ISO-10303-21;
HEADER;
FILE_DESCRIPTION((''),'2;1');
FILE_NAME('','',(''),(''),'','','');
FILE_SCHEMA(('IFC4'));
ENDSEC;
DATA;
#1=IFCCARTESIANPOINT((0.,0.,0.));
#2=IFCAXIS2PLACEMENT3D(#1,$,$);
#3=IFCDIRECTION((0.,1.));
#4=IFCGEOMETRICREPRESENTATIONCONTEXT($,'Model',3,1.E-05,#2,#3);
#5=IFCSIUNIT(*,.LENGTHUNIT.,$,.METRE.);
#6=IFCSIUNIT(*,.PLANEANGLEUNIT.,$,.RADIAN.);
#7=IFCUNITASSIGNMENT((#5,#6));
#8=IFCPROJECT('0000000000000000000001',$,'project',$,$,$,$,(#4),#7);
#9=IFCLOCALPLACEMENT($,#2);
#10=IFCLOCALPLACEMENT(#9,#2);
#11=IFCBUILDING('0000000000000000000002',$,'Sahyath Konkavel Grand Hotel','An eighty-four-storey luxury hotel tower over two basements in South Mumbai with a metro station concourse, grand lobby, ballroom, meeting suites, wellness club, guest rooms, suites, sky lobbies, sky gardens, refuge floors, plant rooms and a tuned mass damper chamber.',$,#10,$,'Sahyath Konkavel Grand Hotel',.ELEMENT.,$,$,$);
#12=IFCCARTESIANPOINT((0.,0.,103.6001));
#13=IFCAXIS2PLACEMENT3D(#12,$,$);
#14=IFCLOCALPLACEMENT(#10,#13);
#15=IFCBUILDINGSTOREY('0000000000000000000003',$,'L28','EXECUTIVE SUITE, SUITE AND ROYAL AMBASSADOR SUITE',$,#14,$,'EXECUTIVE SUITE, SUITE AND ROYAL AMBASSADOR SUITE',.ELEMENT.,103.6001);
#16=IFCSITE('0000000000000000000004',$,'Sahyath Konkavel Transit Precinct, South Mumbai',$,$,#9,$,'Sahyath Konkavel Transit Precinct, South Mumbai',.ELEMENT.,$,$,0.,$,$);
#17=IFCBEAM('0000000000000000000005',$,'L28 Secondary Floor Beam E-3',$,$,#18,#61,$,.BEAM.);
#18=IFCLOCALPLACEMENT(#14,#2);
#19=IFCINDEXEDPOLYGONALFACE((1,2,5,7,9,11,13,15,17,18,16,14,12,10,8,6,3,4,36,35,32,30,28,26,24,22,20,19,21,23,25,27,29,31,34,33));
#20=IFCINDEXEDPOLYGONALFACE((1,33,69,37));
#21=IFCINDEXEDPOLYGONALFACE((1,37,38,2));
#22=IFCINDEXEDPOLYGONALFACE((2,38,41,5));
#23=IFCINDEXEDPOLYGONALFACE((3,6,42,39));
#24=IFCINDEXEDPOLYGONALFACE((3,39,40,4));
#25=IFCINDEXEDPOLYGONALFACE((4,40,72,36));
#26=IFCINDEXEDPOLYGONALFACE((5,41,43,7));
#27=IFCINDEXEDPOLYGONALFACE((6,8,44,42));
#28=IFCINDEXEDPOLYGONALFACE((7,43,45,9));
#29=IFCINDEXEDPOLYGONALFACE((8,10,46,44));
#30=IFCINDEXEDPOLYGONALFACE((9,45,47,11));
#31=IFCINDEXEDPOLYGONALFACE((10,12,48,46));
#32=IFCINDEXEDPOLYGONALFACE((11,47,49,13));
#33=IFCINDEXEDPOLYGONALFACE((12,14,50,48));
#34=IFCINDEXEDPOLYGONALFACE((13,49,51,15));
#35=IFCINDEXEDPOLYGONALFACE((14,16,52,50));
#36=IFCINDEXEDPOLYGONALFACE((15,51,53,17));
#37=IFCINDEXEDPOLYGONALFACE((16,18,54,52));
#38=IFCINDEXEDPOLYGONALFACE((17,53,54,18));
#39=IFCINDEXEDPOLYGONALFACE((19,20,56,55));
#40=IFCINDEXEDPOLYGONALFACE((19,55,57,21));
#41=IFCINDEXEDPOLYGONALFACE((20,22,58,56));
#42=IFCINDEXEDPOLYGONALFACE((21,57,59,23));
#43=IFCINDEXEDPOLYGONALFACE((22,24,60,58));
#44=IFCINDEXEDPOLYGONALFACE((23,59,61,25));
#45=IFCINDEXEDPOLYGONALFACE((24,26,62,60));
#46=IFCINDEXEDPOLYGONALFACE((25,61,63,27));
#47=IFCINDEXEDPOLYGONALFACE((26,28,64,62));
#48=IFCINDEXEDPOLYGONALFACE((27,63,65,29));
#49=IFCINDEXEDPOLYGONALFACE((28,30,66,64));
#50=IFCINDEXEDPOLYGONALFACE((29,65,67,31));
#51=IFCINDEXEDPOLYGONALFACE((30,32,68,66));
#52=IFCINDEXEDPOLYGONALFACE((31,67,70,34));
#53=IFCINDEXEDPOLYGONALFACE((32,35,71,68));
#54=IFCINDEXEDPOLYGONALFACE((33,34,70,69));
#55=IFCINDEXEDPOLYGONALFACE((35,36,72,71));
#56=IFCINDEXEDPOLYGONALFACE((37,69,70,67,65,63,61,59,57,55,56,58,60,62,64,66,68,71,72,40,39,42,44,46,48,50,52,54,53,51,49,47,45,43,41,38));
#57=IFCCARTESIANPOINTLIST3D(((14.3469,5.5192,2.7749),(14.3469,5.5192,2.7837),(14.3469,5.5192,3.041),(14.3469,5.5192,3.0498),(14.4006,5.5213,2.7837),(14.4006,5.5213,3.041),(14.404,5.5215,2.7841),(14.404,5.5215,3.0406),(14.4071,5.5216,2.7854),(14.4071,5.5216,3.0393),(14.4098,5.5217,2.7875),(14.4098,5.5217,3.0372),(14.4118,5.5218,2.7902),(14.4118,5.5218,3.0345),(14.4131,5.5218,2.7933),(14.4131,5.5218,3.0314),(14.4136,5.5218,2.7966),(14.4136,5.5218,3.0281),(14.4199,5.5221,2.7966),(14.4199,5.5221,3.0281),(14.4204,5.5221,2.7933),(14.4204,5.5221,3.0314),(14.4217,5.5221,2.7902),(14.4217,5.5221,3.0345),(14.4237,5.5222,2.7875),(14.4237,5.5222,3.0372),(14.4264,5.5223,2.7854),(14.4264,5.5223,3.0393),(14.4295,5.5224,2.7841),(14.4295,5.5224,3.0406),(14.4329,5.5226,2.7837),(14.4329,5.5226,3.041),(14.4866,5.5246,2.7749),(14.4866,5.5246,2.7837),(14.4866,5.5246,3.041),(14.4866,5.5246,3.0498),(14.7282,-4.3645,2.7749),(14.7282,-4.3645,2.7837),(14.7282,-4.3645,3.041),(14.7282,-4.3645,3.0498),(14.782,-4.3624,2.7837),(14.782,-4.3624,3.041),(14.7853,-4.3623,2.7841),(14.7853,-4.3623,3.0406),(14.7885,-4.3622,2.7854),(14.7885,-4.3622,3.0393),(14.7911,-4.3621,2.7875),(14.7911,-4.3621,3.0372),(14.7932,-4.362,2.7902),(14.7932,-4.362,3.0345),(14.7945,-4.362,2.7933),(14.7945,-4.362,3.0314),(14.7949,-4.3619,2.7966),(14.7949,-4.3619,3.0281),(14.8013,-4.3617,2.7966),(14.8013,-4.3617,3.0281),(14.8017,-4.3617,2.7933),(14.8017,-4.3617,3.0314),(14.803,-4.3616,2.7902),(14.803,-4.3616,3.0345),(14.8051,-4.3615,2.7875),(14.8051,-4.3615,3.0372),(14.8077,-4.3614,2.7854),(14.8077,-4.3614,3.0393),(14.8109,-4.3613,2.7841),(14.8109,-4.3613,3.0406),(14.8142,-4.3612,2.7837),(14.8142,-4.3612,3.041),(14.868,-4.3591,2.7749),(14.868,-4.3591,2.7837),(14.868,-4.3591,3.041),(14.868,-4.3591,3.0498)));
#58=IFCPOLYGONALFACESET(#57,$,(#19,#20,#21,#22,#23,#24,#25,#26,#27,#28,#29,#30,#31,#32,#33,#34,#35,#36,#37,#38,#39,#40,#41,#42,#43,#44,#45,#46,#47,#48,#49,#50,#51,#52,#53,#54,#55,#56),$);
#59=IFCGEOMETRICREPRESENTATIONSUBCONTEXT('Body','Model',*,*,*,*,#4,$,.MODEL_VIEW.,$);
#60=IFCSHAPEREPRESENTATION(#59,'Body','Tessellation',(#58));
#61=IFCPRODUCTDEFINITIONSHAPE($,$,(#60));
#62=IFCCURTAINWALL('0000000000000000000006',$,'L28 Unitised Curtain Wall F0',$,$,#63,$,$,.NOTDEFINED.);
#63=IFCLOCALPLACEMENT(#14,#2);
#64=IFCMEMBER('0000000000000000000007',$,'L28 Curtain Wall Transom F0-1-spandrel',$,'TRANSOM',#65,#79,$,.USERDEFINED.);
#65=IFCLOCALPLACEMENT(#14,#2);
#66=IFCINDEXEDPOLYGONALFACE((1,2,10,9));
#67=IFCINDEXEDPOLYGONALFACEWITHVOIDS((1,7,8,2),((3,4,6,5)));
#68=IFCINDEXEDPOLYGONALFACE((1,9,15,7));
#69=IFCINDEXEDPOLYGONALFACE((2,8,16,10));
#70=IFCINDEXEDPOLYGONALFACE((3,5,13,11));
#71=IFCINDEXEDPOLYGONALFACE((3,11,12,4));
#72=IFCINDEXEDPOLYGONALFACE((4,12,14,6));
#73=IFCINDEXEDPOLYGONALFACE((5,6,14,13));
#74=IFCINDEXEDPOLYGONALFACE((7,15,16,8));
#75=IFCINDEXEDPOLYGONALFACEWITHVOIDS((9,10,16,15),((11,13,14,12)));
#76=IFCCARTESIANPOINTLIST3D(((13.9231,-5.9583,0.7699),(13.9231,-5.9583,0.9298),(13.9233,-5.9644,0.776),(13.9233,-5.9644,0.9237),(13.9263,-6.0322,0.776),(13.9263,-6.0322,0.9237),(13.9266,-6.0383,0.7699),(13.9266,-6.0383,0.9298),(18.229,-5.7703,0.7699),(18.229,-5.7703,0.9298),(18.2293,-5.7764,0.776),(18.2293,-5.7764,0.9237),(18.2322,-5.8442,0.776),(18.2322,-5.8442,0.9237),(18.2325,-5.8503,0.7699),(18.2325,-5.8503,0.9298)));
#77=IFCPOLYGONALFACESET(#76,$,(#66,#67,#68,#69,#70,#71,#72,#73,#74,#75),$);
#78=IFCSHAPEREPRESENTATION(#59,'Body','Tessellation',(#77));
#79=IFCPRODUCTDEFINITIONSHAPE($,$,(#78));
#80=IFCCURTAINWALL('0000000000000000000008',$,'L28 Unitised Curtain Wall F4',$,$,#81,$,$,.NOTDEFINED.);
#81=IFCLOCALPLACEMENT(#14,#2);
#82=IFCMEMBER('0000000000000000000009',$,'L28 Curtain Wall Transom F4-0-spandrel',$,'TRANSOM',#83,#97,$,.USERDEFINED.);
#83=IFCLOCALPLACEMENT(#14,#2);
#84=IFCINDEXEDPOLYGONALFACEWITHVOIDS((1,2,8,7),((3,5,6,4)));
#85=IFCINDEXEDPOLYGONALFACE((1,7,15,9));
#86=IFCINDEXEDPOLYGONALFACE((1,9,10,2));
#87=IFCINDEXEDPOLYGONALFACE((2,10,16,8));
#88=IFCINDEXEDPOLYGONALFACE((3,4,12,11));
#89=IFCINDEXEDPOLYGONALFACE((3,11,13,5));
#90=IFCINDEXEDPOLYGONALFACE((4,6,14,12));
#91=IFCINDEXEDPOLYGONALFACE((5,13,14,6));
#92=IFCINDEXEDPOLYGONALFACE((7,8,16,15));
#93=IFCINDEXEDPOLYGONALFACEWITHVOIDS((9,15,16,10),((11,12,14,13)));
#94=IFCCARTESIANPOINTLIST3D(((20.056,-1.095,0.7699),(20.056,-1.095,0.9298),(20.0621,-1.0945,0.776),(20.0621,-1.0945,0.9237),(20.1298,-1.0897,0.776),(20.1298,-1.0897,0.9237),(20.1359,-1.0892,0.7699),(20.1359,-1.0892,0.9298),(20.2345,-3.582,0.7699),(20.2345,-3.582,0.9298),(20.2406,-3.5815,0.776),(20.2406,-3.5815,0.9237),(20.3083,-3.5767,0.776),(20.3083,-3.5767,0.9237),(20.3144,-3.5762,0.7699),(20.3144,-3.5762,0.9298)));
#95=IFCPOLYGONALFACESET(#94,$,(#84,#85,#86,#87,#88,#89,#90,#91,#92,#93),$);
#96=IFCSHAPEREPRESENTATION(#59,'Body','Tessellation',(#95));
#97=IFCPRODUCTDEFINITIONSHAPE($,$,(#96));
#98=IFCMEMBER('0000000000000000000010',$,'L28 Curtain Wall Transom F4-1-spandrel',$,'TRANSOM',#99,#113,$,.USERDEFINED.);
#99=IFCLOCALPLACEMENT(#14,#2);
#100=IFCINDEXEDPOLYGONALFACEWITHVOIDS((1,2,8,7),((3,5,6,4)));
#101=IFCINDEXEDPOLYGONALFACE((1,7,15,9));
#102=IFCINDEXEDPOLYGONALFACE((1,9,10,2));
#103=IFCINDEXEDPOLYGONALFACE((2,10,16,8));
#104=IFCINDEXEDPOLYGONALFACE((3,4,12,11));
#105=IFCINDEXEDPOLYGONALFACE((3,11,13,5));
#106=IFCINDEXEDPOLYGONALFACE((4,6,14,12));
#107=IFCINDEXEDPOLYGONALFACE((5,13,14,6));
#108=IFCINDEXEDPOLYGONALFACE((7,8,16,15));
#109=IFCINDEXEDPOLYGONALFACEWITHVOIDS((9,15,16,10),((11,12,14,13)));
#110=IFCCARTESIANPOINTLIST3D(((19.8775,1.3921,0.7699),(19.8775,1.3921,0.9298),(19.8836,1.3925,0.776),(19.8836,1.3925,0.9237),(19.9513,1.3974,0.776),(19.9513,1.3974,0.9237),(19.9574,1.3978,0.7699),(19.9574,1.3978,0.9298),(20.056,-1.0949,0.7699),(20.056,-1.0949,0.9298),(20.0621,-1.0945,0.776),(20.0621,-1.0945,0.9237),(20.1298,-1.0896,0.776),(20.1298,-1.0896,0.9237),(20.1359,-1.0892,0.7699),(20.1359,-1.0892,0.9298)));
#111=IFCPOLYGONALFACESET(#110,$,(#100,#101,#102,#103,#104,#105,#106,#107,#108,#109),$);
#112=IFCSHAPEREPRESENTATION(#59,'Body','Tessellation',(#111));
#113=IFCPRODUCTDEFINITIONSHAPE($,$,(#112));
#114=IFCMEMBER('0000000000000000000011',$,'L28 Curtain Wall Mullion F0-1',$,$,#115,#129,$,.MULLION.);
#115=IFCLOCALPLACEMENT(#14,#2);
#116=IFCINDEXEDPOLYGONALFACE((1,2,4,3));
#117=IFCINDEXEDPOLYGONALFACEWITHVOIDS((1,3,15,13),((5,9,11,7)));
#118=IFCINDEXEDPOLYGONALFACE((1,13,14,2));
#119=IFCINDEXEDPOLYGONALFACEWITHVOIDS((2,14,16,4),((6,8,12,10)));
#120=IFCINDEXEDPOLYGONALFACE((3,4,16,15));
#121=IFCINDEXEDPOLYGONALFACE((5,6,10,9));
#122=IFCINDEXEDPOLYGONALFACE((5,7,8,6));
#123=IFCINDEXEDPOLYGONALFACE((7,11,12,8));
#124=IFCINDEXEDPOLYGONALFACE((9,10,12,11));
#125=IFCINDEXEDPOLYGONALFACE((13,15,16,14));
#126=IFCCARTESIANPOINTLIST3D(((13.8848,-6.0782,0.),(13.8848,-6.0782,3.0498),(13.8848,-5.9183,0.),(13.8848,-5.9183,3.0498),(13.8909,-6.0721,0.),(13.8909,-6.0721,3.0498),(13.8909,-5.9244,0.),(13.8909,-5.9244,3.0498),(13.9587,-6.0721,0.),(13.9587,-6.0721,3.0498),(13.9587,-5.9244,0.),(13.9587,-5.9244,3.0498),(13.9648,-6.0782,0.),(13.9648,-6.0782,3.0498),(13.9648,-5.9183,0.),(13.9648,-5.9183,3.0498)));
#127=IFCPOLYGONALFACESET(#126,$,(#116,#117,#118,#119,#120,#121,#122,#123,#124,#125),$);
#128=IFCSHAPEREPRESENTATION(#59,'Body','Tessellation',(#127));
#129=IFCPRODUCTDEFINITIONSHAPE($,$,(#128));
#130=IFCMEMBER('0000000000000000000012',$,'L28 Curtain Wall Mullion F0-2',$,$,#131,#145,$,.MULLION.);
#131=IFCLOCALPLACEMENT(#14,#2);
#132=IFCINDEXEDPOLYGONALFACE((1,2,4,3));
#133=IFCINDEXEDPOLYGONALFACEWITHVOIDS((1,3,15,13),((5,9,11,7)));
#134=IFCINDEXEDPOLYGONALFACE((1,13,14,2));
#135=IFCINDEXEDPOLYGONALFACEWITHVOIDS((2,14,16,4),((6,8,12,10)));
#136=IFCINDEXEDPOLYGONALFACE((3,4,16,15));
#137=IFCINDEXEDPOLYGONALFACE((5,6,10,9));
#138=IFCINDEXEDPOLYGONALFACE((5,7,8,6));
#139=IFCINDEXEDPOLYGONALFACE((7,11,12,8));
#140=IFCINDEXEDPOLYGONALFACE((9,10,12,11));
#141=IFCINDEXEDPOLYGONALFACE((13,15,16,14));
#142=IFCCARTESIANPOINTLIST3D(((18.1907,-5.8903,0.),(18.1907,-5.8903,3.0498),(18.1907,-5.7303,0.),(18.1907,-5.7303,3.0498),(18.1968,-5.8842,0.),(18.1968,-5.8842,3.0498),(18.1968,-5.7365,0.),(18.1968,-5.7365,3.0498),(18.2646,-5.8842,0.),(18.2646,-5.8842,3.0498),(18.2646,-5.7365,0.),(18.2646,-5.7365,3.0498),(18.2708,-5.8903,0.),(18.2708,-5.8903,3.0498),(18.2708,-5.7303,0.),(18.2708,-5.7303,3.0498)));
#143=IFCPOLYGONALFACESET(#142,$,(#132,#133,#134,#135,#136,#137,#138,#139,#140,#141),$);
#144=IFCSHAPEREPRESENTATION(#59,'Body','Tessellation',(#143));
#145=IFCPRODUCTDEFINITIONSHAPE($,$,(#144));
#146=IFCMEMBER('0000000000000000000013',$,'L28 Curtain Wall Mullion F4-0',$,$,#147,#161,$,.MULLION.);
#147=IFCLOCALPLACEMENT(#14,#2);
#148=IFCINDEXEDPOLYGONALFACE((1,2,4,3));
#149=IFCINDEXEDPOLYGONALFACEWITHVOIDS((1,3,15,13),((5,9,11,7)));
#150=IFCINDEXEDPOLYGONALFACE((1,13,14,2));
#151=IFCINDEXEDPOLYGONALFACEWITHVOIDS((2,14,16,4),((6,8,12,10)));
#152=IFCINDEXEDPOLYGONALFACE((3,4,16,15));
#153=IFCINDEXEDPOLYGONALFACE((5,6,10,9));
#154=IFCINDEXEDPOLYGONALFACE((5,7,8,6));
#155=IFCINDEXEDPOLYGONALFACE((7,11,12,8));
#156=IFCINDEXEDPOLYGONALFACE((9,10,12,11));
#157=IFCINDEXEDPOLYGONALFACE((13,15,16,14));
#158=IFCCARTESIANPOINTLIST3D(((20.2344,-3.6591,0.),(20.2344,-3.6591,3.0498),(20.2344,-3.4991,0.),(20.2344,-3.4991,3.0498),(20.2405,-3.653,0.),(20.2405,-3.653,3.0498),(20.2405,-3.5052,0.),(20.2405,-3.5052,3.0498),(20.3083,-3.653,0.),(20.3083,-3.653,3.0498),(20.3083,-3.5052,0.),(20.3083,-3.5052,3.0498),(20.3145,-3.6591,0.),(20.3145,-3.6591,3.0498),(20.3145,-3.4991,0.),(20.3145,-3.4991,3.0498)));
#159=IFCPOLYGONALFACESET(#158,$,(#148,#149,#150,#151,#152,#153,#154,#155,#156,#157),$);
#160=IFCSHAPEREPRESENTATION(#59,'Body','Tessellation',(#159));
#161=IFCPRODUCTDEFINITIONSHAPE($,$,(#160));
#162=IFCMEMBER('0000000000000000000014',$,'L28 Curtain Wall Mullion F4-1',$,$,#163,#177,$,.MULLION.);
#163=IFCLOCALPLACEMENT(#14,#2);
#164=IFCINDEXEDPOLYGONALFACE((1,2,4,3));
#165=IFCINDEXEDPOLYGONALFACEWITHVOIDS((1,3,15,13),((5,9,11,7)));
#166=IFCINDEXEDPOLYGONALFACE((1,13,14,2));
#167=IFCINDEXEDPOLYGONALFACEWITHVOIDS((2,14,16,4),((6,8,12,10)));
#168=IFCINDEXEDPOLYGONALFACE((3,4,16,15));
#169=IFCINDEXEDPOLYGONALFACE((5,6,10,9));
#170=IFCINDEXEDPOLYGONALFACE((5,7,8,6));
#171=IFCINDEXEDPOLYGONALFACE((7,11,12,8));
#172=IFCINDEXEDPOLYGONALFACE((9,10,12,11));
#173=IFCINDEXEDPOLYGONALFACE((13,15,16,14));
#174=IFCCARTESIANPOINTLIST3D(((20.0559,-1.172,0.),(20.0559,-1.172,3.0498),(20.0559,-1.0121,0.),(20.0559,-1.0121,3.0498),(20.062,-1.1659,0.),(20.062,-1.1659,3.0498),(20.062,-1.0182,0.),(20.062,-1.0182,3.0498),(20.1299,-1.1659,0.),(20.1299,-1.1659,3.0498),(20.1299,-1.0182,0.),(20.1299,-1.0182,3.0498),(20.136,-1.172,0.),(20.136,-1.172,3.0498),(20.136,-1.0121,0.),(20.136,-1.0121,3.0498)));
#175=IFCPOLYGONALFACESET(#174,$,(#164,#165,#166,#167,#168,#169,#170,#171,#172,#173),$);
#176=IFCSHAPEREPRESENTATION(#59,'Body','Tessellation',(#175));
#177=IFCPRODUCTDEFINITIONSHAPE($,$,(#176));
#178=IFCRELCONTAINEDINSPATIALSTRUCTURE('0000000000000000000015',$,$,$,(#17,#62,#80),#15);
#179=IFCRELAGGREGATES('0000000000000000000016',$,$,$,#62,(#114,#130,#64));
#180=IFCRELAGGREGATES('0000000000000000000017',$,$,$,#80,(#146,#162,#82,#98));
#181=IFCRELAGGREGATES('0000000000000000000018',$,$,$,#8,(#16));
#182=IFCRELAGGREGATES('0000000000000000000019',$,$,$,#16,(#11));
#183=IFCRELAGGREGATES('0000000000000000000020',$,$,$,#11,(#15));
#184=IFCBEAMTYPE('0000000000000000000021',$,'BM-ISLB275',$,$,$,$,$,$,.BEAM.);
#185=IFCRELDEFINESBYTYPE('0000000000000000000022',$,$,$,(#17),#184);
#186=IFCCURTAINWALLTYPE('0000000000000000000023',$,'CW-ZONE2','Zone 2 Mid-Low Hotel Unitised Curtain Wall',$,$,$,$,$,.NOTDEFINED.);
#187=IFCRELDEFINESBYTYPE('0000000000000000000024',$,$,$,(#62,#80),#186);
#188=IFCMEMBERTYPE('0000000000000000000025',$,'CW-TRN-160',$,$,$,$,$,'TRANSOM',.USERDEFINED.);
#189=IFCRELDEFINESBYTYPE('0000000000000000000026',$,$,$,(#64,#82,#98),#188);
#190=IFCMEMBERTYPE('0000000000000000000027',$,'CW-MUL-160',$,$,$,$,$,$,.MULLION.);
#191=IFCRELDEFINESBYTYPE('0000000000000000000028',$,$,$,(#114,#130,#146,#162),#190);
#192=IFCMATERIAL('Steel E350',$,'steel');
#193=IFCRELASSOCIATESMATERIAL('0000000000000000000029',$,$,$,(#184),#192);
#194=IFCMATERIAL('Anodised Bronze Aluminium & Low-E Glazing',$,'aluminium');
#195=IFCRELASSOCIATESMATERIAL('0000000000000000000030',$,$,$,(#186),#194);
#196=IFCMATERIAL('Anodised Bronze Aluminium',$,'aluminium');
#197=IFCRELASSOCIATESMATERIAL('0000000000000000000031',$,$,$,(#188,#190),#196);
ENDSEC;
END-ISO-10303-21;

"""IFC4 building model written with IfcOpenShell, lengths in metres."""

from ifc_helpers import new_model, si_unit, direction, frame, origin, origin_2d, place, context, subcontext, project, spatial, hollow_rectangle, i_section, extrude, source, transform, mapped, material, material_profile, profile_set, type_object, element, aggregate, save


model = new_model("IFC4")

# Units and contexts
model_context = context("Model", 3, precision=1e-05, world=origin(), true_north=direction((0.0, 1.0)))
body_context = subcontext(model_context, "Body", "Model", "MODEL_VIEW")
ifc_project = project(units=[si_unit("LENGTHUNIT", "METRE"), si_unit("PLANEANGLEUNIT", "RADIAN")], contexts=[model_context])

# Site, building, storey
site_placement = place(None, origin())
site = spatial("IfcSite", under=ifc_project, at=site_placement, Name="Sahyath Konkavel Transit Precinct, South Mumbai", LongName="Sahyath Konkavel Transit Precinct, South Mumbai", CompositionType="ELEMENT", RefElevation=0.0)
building_placement = place(site_placement, origin())
building = spatial("IfcBuilding", under=site, at=building_placement, Name="Sahyath Konkavel Grand Hotel", Description="An eighty-four-storey luxury hotel tower over two basements in South Mumbai with a metro station concourse, grand lobby, ballroom, meeting suites, wellness club, guest rooms, suites, sky lobbies, sky gardens, refuge floors, plant rooms and a tuned mass damper chamber.", LongName="Sahyath Konkavel Grand Hotel", CompositionType="ELEMENT")
storey_placement = place(building_placement, frame((0.0, 0.0, 103.6001)))
storey = spatial("IfcBuildingStorey", under=building, at=storey_placement, Name="L28", Description="EXECUTIVE SUITE, SUITE AND ROYAL AMBASSADOR SUITE", LongName="EXECUTIVE SUITE, SUITE AND ROYAL AMBASSADOR SUITE", CompositionType="ELEMENT", Elevation=103.6001)

# Beam
ifc_material_1 = material(Name="Steel E350", Category="steel")
ifc_material_profile_1 = material_profile(ifc_material_1, i_section(OverallWidth=0.1399, OverallDepth=0.2749, WebThickness=0.0063, FlangeThickness=0.0088, FilletRadius=0.0129, at=origin_2d()), Name="ISLB 275")
ifc_profile_set_1 = profile_set([ifc_material_profile_1], Name="Steel E350")
beam_type_1 = type_object("IfcBeamType", Name="BM-ISLB275", PredefinedType="BEAM", material=ifc_profile_set_1)
shared_shape_1 = source(origin(), body_context, "Body", "SweptSolid", [
    extrude(i_section(OverallWidth=0.1399, OverallDepth=0.2749, WebThickness=0.0063, FlangeThickness=0.0088, FilletRadius=0.0129, at=origin_2d()), origin(), (0.0, 0.0, 1.0), 9.8911),
])
beam_1_placement = place(storey_placement, frame((14.7981, -4.3618, 2.9124), z_axis=(-0.038554, 0.999257, 0.0), x_axis=(-0.999257, -0.038554, 0.0)))
element("IfcBeam", 1, at=beam_1_placement, inside=storey, type_object=beam_type_1, Name="L28 Secondary Floor Beam E-3", PredefinedType="BEAM", context=body_context, shape_type="MappedRepresentation", body=[
    mapped(shared_shape_1, transform((0.0, 0.0, 0.0), scale=1.0)),
])

# Curtain wall, member
ifc_material_2 = material(Name="Anodised Bronze Aluminium & Low-E Glazing", Category="aluminium")
curtain_wall_type = type_object("IfcCurtainWallType", Name="CW-ZONE2", Description="Zone 2 Mid-Low Hotel Unitised Curtain Wall", PredefinedType="NOTDEFINED", material=ifc_material_2)
curtain_wall_1_placement = place(storey_placement, origin())
curtain_wall_1 = element("IfcCurtainWall", 2, at=curtain_wall_1_placement, inside=storey, type_object=curtain_wall_type, Name="L28 Unitised Curtain Wall F0", PredefinedType="NOTDEFINED")
ifc_material_3 = material(Name="Anodised Bronze Aluminium", Category="aluminium")
ifc_material_profile_2 = material_profile(ifc_material_3, hollow_rectangle(XDim=0.0801, YDim=0.1599, WallThickness=0.0061, at=origin_2d()), Name="RHS 160x80x6")
ifc_profile_set_2 = profile_set([ifc_material_profile_2], Name="Anodised Bronze Aluminium")
member_type_1 = type_object("IfcMemberType", Name="CW-TRN-160", ElementType="TRANSOM", PredefinedType="USERDEFINED", material=ifc_profile_set_2)
shared_shape_2 = source(origin(), body_context, "Body", "SweptSolid", [
    extrude(hollow_rectangle(XDim=0.0801, YDim=0.1599, WallThickness=0.0061, at=origin_2d()), origin(), (0.0, 0.0, 1.0), 4.3101),
])
member_1_placement = place(storey_placement, frame((13.9248, -5.9983, 0.8499), z_axis=(0.999048, 0.043617, 0.0), x_axis=(-0.043617, 0.999048, 0.0)))
member_1 = element("IfcMember", 3, at=member_1_placement, type_object=member_type_1, Name="L28 Curtain Wall Transom F0-1-spandrel", ObjectType="TRANSOM", PredefinedType="USERDEFINED", context=body_context, shape_type="MappedRepresentation", body=[
    mapped(shared_shape_2, transform((0.0, 0.0, 0.0), scale=1.0)),
])

# Curtain wall, members
curtain_wall_2_placement = place(storey_placement, origin())
curtain_wall_2 = element("IfcCurtainWall", 4, at=curtain_wall_2_placement, inside=storey, type_object=curtain_wall_type, Name="L28 Unitised Curtain Wall F4", PredefinedType="NOTDEFINED")
shared_shape_3 = source(origin(), body_context, "Body", "SweptSolid", [
    extrude(hollow_rectangle(XDim=0.0801, YDim=0.1599, WallThickness=0.0061, at=origin_2d()), origin(), (0.0, 0.0, 1.0), 2.4934),
])
member_2_placement = place(storey_placement, frame((20.2744, -3.5791, 0.8499), z_axis=(-0.071574, 0.997435, 0.0), x_axis=(-0.997435, -0.071574, 0.0)))
member_2 = element("IfcMember", 5, at=member_2_placement, type_object=member_type_1, Name="L28 Curtain Wall Transom F4-0-spandrel", ObjectType="TRANSOM", PredefinedType="USERDEFINED", context=body_context, shape_type="MappedRepresentation", body=[
    mapped(shared_shape_3, transform((0.0, 0.0, 0.0), scale=1.0)),
])
member_3_placement = place(storey_placement, frame((20.0959, -1.092, 0.8499), z_axis=(-0.071574, 0.997435, 0.0), x_axis=(-0.997435, -0.071574, 0.0)))
member_3 = element("IfcMember", 6, at=member_3_placement, type_object=member_type_1, Name="L28 Curtain Wall Transom F4-1-spandrel", ObjectType="TRANSOM", PredefinedType="USERDEFINED", context=body_context, shape_type="MappedRepresentation", body=[
    mapped(shared_shape_3, transform((0.0, 0.0, 0.0), scale=1.0)),
])

# Members
ifc_material_profile_3 = material_profile(ifc_material_3, hollow_rectangle(XDim=0.0801, YDim=0.1599, WallThickness=0.0061, at=origin_2d()), Name="RHS 160x80x6")
ifc_profile_set_3 = profile_set([ifc_material_profile_3], Name="Anodised Bronze Aluminium")
member_type_2 = type_object("IfcMemberType", Name="CW-MUL-160", PredefinedType="MULLION", material=ifc_profile_set_3)
shared_shape_4 = source(origin(), body_context, "Body", "SweptSolid", [
    extrude(hollow_rectangle(XDim=0.0801, YDim=0.1599, WallThickness=0.0061, at=origin_2d()), origin(), (0.0, 0.0, 1.0), 3.0498),
])
member_4_placement = place(storey_placement, frame((13.9248, -5.9983, 0.0), z_axis=(0.0, 0.0, 1.0), x_axis=(1.0, 0.0, 0.0)))
member_4 = element("IfcMember", 7, at=member_4_placement, type_object=member_type_2, Name="L28 Curtain Wall Mullion F0-1", PredefinedType="MULLION", context=body_context, shape_type="MappedRepresentation", body=[
    mapped(shared_shape_4, transform((0.0, 0.0, 0.0), scale=1.0)),
])
member_5_placement = place(storey_placement, frame((18.2307, -5.8103, 0.0), z_axis=(0.0, 0.0, 1.0), x_axis=(1.0, 0.0, 0.0)))
member_5 = element("IfcMember", 8, at=member_5_placement, type_object=member_type_2, Name="L28 Curtain Wall Mullion F0-2", PredefinedType="MULLION", context=body_context, shape_type="MappedRepresentation", body=[
    mapped(shared_shape_4, transform((0.0, 0.0, 0.0), scale=1.0)),
])
member_6_placement = place(storey_placement, frame((20.2744, -3.5791, 0.0), z_axis=(0.0, 0.0, 1.0), x_axis=(1.0, 0.0, 0.0)))
member_6 = element("IfcMember", 9, at=member_6_placement, type_object=member_type_2, Name="L28 Curtain Wall Mullion F4-0", PredefinedType="MULLION", context=body_context, shape_type="MappedRepresentation", body=[
    mapped(shared_shape_4, transform((0.0, 0.0, 0.0), scale=1.0)),
])
member_7_placement = place(storey_placement, frame((20.0959, -1.092, 0.0), z_axis=(0.0, 0.0, 1.0), x_axis=(1.0, 0.0, 0.0)))
member_7 = element("IfcMember", 10, at=member_7_placement, type_object=member_type_2, Name="L28 Curtain Wall Mullion F4-1", PredefinedType="MULLION", context=body_context, shape_type="MappedRepresentation", body=[
    mapped(shared_shape_4, transform((0.0, 0.0, 0.0), scale=1.0)),
])

aggregate(curtain_wall_1, [member_4, member_5, member_1])
aggregate(curtain_wall_2, [member_6, member_7, member_2, member_3])

save(model, "model.ifc")
